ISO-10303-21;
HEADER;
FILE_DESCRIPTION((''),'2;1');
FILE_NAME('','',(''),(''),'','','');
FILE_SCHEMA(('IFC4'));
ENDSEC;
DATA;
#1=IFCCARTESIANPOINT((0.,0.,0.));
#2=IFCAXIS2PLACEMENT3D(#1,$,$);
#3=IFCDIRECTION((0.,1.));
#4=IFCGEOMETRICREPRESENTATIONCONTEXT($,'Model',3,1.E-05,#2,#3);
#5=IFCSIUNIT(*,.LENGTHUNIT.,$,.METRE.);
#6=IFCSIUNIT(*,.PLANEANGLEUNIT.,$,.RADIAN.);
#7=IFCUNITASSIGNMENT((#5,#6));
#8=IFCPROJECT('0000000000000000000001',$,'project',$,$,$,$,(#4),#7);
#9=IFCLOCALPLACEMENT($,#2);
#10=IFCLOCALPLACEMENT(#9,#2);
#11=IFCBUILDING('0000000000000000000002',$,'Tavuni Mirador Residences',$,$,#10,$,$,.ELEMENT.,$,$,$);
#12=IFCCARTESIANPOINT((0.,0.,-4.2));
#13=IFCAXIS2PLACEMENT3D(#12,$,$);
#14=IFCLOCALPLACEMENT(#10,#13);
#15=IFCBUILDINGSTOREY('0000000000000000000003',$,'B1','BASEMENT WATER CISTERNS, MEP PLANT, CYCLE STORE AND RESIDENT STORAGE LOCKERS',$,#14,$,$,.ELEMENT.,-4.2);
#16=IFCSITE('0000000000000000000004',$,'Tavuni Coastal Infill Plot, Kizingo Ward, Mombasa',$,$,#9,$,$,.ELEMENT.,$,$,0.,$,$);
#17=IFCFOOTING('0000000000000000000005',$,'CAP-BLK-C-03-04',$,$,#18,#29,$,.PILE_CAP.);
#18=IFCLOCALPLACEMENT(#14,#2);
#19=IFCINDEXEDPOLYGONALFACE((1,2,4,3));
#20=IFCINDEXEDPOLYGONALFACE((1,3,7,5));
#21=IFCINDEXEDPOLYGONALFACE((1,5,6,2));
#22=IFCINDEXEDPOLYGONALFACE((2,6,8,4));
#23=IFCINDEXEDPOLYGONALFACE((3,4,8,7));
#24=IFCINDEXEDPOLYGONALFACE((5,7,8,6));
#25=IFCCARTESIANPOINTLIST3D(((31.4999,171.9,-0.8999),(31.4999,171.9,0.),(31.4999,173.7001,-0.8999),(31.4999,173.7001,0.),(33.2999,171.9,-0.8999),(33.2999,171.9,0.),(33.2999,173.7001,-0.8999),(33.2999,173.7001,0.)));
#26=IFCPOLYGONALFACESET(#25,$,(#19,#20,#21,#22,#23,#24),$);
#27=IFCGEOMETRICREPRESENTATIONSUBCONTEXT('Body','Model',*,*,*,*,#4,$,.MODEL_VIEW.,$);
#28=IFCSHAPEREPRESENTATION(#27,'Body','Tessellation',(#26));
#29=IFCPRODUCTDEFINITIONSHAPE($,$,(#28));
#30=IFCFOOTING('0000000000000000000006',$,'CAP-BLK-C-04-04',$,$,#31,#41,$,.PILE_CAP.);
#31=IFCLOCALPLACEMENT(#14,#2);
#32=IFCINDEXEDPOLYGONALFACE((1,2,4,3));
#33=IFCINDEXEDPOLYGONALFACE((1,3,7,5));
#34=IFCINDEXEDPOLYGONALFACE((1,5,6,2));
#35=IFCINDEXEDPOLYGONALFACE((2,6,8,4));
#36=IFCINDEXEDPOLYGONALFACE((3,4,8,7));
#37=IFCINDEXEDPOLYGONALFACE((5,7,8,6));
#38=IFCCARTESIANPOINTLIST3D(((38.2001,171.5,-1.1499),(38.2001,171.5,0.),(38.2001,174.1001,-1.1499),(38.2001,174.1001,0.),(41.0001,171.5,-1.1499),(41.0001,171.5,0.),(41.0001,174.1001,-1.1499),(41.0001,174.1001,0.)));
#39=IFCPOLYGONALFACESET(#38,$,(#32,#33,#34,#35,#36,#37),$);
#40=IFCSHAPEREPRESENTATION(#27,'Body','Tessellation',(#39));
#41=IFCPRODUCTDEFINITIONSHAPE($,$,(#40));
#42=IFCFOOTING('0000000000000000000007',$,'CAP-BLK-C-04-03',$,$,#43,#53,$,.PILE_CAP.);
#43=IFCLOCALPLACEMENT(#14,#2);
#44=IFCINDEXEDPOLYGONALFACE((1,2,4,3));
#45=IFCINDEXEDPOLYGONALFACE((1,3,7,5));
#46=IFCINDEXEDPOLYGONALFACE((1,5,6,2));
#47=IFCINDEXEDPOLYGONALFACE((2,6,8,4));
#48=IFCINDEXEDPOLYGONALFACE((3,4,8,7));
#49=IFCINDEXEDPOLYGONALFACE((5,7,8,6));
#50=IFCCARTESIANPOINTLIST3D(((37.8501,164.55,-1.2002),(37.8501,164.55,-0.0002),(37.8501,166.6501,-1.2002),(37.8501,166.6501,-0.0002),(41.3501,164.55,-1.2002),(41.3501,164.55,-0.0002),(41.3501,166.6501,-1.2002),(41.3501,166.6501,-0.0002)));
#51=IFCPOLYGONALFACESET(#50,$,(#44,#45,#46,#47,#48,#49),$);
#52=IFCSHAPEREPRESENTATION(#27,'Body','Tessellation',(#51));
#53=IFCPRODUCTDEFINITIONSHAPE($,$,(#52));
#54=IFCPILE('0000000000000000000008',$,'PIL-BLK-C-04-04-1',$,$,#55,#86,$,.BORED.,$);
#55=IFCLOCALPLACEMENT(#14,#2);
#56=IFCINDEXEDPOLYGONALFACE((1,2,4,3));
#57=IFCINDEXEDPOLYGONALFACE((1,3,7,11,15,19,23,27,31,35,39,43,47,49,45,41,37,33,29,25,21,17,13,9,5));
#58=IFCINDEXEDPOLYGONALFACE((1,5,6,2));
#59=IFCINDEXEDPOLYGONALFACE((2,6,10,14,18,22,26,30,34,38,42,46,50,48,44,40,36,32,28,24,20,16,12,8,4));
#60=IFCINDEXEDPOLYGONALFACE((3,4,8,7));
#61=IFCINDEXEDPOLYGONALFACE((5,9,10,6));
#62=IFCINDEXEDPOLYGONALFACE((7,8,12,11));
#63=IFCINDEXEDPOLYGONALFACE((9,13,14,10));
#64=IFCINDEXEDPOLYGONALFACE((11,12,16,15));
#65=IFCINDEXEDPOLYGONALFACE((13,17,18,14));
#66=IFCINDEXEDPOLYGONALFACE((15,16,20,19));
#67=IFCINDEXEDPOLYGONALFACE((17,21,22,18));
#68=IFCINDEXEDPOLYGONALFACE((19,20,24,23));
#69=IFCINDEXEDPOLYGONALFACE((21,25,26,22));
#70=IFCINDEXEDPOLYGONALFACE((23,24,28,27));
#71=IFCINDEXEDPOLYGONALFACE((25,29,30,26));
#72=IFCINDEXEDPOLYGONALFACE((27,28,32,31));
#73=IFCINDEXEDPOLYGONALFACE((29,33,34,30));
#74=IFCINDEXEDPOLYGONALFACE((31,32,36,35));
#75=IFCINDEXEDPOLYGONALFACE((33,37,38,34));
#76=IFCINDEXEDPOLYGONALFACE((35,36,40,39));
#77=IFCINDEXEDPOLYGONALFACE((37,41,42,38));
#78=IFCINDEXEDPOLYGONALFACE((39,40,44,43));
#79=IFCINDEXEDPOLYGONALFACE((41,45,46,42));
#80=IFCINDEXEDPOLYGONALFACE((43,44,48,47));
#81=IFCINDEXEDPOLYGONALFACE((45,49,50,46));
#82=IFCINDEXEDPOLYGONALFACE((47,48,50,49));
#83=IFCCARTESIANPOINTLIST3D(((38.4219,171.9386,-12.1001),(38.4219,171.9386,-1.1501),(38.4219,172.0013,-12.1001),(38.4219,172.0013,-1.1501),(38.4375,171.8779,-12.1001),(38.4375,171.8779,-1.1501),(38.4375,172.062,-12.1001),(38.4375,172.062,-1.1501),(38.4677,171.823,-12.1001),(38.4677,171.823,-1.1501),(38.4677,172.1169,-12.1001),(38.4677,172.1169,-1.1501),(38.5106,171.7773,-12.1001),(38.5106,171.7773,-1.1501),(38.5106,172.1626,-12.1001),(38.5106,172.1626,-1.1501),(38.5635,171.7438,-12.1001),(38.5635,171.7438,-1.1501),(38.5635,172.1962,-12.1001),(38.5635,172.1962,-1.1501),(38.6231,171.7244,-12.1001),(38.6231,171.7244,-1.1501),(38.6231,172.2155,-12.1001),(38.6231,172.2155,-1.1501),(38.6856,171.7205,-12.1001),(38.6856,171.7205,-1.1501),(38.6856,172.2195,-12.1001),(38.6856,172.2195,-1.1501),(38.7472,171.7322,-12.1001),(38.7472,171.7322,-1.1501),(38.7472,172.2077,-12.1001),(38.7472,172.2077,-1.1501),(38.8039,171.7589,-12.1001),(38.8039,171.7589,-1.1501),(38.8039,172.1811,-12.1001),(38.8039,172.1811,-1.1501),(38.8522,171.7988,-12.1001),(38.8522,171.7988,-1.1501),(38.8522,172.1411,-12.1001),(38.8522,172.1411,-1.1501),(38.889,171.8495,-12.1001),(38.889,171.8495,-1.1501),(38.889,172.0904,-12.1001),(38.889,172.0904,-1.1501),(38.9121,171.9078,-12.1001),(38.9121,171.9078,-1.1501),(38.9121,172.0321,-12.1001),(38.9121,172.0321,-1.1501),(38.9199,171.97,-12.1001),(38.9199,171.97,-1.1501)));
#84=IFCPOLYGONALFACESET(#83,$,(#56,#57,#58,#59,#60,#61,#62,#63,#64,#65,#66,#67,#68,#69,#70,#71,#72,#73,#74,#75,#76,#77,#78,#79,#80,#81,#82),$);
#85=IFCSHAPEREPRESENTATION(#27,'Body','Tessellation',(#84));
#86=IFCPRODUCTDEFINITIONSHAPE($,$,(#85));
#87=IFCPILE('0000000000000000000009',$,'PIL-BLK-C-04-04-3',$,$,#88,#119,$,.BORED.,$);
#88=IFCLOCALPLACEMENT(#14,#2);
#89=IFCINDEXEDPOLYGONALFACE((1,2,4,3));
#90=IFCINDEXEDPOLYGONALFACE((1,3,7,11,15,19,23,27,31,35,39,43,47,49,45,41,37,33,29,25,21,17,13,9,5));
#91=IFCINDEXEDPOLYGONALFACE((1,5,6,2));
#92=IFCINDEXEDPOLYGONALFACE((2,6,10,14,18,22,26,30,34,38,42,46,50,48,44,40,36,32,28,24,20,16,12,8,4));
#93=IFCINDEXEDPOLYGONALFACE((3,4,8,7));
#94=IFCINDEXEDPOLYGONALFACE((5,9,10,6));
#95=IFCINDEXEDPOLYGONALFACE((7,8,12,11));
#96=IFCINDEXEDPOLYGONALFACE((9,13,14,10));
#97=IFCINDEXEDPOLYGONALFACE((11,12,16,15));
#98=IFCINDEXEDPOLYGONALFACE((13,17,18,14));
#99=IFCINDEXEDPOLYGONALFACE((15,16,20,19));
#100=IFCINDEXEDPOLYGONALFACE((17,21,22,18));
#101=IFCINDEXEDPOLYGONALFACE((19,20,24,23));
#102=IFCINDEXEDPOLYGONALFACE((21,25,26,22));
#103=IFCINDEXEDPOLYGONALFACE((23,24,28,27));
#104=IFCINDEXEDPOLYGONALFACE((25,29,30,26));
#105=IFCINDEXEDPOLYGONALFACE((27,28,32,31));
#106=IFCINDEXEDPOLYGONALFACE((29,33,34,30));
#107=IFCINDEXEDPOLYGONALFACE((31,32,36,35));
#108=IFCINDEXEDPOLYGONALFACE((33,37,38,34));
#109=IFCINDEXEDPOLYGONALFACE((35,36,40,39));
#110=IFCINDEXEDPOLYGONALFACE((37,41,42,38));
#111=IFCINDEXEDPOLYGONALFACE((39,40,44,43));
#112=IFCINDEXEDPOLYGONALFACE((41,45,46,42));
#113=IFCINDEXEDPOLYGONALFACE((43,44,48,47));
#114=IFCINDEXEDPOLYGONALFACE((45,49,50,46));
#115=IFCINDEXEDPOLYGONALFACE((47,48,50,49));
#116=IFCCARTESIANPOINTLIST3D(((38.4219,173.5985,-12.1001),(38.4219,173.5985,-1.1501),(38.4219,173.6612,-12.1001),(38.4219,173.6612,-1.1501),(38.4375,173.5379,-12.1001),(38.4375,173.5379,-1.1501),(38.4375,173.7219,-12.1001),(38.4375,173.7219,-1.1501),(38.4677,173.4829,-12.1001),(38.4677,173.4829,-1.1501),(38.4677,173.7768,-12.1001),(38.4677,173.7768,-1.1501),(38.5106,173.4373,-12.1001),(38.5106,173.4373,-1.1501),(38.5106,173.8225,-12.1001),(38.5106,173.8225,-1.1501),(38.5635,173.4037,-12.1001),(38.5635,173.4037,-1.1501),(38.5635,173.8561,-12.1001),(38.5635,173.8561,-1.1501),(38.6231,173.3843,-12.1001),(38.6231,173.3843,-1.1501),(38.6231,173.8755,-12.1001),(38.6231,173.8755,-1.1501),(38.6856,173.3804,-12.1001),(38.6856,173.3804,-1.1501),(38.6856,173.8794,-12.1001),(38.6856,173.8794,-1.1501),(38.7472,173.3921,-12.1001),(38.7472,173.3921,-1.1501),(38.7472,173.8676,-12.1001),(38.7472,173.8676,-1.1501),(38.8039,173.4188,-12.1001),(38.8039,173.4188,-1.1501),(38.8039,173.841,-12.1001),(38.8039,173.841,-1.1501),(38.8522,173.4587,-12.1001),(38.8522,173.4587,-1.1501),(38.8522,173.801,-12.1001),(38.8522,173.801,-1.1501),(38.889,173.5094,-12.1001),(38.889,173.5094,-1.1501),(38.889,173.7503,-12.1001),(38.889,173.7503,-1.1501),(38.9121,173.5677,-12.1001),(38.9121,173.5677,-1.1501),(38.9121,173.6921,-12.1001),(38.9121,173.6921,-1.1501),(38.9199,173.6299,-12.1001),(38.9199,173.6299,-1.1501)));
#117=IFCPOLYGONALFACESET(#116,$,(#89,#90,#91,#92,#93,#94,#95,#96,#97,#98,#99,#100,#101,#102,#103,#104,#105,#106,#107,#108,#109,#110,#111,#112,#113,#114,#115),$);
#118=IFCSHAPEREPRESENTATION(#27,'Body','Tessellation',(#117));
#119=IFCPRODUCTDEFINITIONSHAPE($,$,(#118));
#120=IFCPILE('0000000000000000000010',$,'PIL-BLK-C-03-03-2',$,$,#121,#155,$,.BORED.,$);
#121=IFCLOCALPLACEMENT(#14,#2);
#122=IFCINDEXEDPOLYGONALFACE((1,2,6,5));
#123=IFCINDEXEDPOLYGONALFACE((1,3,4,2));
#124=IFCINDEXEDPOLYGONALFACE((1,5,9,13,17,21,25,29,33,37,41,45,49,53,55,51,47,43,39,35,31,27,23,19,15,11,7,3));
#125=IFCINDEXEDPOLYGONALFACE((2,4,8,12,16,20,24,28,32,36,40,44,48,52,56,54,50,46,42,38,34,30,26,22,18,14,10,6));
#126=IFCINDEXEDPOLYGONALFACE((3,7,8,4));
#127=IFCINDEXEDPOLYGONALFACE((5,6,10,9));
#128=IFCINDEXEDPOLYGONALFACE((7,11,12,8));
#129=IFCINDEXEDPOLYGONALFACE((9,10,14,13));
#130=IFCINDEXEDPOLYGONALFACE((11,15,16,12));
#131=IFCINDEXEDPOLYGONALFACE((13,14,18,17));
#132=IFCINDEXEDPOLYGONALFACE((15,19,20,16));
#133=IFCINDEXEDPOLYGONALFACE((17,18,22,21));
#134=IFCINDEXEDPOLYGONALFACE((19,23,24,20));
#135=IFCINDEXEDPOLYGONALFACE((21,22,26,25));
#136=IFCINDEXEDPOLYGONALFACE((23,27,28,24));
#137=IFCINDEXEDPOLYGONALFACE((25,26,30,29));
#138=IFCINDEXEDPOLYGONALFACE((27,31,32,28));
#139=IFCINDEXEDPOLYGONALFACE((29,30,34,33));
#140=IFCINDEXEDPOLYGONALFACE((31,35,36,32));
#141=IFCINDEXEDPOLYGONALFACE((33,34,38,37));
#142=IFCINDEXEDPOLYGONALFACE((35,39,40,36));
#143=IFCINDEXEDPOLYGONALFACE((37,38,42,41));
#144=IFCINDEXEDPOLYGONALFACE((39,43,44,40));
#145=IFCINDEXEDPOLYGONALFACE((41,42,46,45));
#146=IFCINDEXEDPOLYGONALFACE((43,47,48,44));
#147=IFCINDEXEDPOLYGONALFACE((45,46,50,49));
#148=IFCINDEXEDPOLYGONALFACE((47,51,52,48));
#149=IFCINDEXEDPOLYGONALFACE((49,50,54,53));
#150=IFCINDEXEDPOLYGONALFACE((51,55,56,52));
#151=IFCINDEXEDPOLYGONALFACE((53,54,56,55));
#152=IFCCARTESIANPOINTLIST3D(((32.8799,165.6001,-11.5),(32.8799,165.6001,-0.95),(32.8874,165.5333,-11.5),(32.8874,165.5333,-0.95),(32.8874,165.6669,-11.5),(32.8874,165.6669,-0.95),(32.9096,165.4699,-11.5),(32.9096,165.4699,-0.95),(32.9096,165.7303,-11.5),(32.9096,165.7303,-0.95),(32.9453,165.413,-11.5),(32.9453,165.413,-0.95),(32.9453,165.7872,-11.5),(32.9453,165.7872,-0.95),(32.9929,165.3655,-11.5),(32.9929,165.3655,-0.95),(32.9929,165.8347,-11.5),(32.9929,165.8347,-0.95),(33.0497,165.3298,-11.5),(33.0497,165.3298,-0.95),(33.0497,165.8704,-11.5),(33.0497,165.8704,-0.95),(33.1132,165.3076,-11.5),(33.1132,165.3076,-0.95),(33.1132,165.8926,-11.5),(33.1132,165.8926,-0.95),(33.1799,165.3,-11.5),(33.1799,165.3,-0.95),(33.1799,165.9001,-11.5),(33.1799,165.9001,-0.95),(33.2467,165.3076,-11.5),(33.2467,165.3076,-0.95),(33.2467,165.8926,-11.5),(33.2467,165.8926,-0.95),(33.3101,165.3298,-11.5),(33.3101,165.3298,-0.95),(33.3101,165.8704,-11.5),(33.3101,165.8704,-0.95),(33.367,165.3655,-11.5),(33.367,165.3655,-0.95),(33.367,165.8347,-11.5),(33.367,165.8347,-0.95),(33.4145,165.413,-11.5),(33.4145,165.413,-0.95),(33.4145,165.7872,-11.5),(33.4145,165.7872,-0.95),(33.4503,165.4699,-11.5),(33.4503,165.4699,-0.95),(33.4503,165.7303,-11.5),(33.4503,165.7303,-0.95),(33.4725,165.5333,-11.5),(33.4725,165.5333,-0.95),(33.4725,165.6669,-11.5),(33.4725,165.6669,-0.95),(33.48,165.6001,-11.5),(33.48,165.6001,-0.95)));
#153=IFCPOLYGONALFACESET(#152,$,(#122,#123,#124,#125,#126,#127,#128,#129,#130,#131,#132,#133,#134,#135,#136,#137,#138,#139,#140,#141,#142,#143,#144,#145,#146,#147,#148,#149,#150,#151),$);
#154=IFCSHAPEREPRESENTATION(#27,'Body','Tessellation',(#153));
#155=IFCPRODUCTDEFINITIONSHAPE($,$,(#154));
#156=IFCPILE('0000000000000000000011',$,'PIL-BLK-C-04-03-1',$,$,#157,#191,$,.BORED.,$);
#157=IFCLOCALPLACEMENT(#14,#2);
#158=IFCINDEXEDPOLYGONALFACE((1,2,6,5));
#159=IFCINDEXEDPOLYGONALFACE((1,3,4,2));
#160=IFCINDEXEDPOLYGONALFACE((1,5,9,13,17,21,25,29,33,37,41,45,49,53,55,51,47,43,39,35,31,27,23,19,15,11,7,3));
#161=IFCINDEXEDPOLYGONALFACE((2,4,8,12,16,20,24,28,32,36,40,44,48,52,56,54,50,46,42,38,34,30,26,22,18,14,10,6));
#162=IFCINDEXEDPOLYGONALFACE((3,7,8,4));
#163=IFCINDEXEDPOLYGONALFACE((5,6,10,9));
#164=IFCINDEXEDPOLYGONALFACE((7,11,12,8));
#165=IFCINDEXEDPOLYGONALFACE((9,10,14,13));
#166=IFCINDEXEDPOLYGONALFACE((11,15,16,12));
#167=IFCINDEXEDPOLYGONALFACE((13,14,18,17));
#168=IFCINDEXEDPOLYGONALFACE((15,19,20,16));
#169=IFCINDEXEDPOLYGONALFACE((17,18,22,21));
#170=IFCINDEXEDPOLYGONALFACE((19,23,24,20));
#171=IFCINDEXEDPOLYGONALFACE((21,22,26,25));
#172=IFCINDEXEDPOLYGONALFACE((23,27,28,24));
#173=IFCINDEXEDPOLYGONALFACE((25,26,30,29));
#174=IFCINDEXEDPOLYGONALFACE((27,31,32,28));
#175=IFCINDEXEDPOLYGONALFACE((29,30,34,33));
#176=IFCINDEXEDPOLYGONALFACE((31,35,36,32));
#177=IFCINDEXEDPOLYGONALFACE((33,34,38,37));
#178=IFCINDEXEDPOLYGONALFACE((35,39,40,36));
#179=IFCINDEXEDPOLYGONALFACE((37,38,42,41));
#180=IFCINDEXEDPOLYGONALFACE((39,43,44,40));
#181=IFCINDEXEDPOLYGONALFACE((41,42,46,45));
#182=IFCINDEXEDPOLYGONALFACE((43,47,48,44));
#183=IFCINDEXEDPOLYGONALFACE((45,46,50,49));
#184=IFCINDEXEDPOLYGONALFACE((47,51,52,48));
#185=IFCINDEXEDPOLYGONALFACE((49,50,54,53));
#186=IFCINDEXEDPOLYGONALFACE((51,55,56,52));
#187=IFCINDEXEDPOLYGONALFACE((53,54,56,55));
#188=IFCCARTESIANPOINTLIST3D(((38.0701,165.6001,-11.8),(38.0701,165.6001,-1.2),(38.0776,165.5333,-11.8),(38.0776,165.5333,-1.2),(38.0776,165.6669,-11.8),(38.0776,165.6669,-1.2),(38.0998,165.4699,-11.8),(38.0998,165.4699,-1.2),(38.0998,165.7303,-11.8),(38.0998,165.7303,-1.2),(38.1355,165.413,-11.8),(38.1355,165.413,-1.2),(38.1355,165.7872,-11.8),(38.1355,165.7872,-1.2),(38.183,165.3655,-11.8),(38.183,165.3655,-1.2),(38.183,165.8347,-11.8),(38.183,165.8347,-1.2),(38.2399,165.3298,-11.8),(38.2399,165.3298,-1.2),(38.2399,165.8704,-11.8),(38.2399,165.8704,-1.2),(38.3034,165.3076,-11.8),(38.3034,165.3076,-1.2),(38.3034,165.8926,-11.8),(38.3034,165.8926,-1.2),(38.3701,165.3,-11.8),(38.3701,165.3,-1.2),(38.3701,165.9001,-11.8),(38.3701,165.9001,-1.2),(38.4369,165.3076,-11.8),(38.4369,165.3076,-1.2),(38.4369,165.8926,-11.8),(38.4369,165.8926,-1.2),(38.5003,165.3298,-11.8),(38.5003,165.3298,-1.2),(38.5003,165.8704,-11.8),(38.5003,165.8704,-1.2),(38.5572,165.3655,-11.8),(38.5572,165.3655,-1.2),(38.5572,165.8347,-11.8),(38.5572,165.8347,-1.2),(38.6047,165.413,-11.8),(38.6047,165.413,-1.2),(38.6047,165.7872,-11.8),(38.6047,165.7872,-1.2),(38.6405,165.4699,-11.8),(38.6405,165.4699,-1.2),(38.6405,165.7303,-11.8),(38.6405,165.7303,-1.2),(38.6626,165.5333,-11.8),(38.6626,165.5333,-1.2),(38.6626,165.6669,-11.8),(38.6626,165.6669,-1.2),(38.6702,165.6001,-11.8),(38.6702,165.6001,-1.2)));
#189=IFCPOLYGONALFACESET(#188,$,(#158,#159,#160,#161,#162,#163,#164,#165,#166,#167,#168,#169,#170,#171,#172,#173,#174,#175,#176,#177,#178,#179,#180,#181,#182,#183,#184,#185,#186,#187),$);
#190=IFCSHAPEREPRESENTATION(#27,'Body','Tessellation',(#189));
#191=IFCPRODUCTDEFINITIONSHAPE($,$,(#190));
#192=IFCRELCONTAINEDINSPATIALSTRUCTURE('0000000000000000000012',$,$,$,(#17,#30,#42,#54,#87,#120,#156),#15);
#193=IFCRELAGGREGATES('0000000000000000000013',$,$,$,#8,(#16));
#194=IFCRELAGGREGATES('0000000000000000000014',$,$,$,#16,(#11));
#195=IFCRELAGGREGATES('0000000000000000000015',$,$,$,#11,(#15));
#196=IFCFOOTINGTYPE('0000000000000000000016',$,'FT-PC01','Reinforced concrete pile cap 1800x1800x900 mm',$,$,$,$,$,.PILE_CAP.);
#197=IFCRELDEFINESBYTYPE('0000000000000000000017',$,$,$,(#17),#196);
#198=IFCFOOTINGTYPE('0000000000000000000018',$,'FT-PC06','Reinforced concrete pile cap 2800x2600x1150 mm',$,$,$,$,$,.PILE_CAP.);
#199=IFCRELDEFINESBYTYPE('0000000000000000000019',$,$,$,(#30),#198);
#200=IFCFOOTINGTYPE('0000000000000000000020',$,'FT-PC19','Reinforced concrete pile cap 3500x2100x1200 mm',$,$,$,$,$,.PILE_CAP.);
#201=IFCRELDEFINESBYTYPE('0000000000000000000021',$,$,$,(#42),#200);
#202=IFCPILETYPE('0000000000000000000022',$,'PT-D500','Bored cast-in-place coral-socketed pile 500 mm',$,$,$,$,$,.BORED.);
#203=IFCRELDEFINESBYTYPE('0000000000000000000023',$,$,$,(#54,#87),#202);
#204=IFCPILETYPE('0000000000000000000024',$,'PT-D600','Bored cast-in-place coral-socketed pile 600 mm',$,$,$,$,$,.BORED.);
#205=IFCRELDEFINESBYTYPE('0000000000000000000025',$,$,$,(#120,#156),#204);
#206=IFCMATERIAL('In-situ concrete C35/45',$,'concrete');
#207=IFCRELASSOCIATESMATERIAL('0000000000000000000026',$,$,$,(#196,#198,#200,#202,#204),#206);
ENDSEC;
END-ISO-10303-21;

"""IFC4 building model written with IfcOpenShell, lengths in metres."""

from ifc_helpers import new_model, si_unit, direction, frame, origin, origin_2d, place, context, subcontext, project, spatial, rectangle, circle, extrude, material, material_profile, profile_set, type_object, element, save


model = new_model("IFC4")

# Units and contexts
model_context = context("Model", 3, precision=1e-05, world=origin(), true_north=direction((0.0, 1.0)))
body_context = subcontext(model_context, "Body", "Model", "MODEL_VIEW")
ifc_project = project(units=[si_unit("LENGTHUNIT", "METRE"), si_unit("PLANEANGLEUNIT", "RADIAN")], contexts=[model_context])

# Site, building, storey
site_placement = place(None, origin())
site = spatial("IfcSite", under=ifc_project, at=site_placement, Name="Tavuni Coastal Infill Plot, Kizingo Ward, Mombasa", CompositionType="ELEMENT", RefElevation=0.0)
building_placement = place(site_placement, origin())
building = spatial("IfcBuilding", under=site, at=building_placement, Name="Tavuni Mirador Residences", CompositionType="ELEMENT")
storey_placement = place(building_placement, frame((0.0, 0.0, -4.2)))
storey = spatial("IfcBuildingStorey", under=building, at=storey_placement, Name="B1", Description="BASEMENT WATER CISTERNS, MEP PLANT, CYCLE STORE AND RESIDENT STORAGE LOCKERS", CompositionType="ELEMENT", Elevation=-4.2)

# Footings
ifc_material_1 = material(Name="In-situ concrete C35/45", Category="concrete")
footing_type_1 = type_object("IfcFootingType", Name="FT-PC01", Description="Reinforced concrete pile cap 1800x1800x900 mm", PredefinedType="PILE_CAP", material=ifc_material_1)
footing_1_placement = place(storey_placement, frame((32.3999, 172.8, -0.8999), z_axis=(0.0, 0.0, 1.0), x_axis=(1.0, 0.0, 0.0)))
element("IfcFooting", 1, at=footing_1_placement, inside=storey, type_object=footing_type_1, Name="CAP-BLK-C-03-04", PredefinedType="PILE_CAP", context=body_context, shape_type="SweptSolid", body=[
    extrude(rectangle(XDim=1.8, YDim=1.8, at=origin_2d()), origin(), (0.0, 0.0, 1.0), 0.8999),
])
footing_type_2 = type_object("IfcFootingType", Name="FT-PC06", Description="Reinforced concrete pile cap 2800x2600x1150 mm", PredefinedType="PILE_CAP", material=ifc_material_1)
footing_2_placement = place(storey_placement, frame((39.6001, 172.8, -1.1499), z_axis=(0.0, 0.0, 1.0), x_axis=(1.0, 0.0, 0.0)))
element("IfcFooting", 2, at=footing_2_placement, inside=storey, type_object=footing_type_2, Name="CAP-BLK-C-04-04", PredefinedType="PILE_CAP", context=body_context, shape_type="SweptSolid", body=[
    extrude(rectangle(XDim=2.8, YDim=2.6001, at=origin_2d()), origin(), (0.0, 0.0, 1.0), 1.1499),
])
footing_type_3 = type_object("IfcFootingType", Name="FT-PC19", Description="Reinforced concrete pile cap 3500x2100x1200 mm", PredefinedType="PILE_CAP", material=ifc_material_1)
footing_3_placement = place(storey_placement, frame((39.6001, 165.6001, -1.2002), z_axis=(0.0, 0.0, 1.0), x_axis=(1.0, 0.0, 0.0)))
element("IfcFooting", 3, at=footing_3_placement, inside=storey, type_object=footing_type_3, Name="CAP-BLK-C-04-03", PredefinedType="PILE_CAP", context=body_context, shape_type="SweptSolid", body=[
    extrude(rectangle(XDim=3.5, YDim=2.1001, at=origin_2d()), origin(), (0.0, 0.0, 1.0), 1.2),
])

# Piles
ifc_material_profile_1 = material_profile(ifc_material_1, circle(Radius=0.25, at=origin_2d()), Name="PILE D500", Category="concrete")
ifc_profile_set_1 = profile_set([ifc_material_profile_1], Name="In-situ concrete C35/45")
pile_type_1 = type_object("IfcPileType", Name="PT-D500", Description="Bored cast-in-place coral-socketed pile 500 mm", PredefinedType="BORED", material=ifc_profile_set_1)
for number, where, z_axis, x_axis, name in (
    (4, (38.6699, 171.97, -1.1501), (0.0, 0.0, -1.0), (1.0, 0.0, 0.0), "PIL-BLK-C-04-04-1"),
    (5, (38.6699, 173.6299, -1.1501), (0.0, 0.0, -1.0), (1.0, 0.0, 0.0), "PIL-BLK-C-04-04-3"),
):
    element("IfcPile", number, at=place(storey_placement, frame(where, z_axis=z_axis, x_axis=x_axis)), inside=storey, type_object=pile_type_1, Name=name, PredefinedType="BORED", context=body_context, shape_type="SweptSolid", body=[
        extrude(circle(Radius=0.25, at=origin_2d()), origin(), (0.0, 0.0, 1.0), 10.95),
    ])
ifc_material_profile_2 = material_profile(ifc_material_1, circle(Radius=0.3, at=origin_2d()), Name="PILE D600", Category="concrete")
ifc_profile_set_2 = profile_set([ifc_material_profile_2], Name="In-situ concrete C35/45")
pile_type_2 = type_object("IfcPileType", Name="PT-D600", Description="Bored cast-in-place coral-socketed pile 600 mm", PredefinedType="BORED", material=ifc_profile_set_2)
pile_1_placement = place(storey_placement, frame((33.1799, 165.6001, -0.95), z_axis=(0.0, 0.0, -1.0), x_axis=(1.0, 0.0, 0.0)))
element("IfcPile", 6, at=pile_1_placement, inside=storey, type_object=pile_type_2, Name="PIL-BLK-C-03-03-2", PredefinedType="BORED", context=body_context, shape_type="SweptSolid", body=[
    extrude(circle(Radius=0.3, at=origin_2d()), origin(), (0.0, 0.0, 1.0), 10.55),
])
pile_2_placement = place(storey_placement, frame((38.3701, 165.6001, -1.2), z_axis=(0.0, 0.0, -1.0), x_axis=(1.0, 0.0, 0.0)))
element("IfcPile", 7, at=pile_2_placement, inside=storey, type_object=pile_type_2, Name="PIL-BLK-C-04-03-1", PredefinedType="BORED", context=body_context, shape_type="SweptSolid", body=[
    extrude(circle(Radius=0.3, at=origin_2d()), origin(), (0.0, 0.0, 1.0), 10.6001),
])

save(model, "model.ifc")
